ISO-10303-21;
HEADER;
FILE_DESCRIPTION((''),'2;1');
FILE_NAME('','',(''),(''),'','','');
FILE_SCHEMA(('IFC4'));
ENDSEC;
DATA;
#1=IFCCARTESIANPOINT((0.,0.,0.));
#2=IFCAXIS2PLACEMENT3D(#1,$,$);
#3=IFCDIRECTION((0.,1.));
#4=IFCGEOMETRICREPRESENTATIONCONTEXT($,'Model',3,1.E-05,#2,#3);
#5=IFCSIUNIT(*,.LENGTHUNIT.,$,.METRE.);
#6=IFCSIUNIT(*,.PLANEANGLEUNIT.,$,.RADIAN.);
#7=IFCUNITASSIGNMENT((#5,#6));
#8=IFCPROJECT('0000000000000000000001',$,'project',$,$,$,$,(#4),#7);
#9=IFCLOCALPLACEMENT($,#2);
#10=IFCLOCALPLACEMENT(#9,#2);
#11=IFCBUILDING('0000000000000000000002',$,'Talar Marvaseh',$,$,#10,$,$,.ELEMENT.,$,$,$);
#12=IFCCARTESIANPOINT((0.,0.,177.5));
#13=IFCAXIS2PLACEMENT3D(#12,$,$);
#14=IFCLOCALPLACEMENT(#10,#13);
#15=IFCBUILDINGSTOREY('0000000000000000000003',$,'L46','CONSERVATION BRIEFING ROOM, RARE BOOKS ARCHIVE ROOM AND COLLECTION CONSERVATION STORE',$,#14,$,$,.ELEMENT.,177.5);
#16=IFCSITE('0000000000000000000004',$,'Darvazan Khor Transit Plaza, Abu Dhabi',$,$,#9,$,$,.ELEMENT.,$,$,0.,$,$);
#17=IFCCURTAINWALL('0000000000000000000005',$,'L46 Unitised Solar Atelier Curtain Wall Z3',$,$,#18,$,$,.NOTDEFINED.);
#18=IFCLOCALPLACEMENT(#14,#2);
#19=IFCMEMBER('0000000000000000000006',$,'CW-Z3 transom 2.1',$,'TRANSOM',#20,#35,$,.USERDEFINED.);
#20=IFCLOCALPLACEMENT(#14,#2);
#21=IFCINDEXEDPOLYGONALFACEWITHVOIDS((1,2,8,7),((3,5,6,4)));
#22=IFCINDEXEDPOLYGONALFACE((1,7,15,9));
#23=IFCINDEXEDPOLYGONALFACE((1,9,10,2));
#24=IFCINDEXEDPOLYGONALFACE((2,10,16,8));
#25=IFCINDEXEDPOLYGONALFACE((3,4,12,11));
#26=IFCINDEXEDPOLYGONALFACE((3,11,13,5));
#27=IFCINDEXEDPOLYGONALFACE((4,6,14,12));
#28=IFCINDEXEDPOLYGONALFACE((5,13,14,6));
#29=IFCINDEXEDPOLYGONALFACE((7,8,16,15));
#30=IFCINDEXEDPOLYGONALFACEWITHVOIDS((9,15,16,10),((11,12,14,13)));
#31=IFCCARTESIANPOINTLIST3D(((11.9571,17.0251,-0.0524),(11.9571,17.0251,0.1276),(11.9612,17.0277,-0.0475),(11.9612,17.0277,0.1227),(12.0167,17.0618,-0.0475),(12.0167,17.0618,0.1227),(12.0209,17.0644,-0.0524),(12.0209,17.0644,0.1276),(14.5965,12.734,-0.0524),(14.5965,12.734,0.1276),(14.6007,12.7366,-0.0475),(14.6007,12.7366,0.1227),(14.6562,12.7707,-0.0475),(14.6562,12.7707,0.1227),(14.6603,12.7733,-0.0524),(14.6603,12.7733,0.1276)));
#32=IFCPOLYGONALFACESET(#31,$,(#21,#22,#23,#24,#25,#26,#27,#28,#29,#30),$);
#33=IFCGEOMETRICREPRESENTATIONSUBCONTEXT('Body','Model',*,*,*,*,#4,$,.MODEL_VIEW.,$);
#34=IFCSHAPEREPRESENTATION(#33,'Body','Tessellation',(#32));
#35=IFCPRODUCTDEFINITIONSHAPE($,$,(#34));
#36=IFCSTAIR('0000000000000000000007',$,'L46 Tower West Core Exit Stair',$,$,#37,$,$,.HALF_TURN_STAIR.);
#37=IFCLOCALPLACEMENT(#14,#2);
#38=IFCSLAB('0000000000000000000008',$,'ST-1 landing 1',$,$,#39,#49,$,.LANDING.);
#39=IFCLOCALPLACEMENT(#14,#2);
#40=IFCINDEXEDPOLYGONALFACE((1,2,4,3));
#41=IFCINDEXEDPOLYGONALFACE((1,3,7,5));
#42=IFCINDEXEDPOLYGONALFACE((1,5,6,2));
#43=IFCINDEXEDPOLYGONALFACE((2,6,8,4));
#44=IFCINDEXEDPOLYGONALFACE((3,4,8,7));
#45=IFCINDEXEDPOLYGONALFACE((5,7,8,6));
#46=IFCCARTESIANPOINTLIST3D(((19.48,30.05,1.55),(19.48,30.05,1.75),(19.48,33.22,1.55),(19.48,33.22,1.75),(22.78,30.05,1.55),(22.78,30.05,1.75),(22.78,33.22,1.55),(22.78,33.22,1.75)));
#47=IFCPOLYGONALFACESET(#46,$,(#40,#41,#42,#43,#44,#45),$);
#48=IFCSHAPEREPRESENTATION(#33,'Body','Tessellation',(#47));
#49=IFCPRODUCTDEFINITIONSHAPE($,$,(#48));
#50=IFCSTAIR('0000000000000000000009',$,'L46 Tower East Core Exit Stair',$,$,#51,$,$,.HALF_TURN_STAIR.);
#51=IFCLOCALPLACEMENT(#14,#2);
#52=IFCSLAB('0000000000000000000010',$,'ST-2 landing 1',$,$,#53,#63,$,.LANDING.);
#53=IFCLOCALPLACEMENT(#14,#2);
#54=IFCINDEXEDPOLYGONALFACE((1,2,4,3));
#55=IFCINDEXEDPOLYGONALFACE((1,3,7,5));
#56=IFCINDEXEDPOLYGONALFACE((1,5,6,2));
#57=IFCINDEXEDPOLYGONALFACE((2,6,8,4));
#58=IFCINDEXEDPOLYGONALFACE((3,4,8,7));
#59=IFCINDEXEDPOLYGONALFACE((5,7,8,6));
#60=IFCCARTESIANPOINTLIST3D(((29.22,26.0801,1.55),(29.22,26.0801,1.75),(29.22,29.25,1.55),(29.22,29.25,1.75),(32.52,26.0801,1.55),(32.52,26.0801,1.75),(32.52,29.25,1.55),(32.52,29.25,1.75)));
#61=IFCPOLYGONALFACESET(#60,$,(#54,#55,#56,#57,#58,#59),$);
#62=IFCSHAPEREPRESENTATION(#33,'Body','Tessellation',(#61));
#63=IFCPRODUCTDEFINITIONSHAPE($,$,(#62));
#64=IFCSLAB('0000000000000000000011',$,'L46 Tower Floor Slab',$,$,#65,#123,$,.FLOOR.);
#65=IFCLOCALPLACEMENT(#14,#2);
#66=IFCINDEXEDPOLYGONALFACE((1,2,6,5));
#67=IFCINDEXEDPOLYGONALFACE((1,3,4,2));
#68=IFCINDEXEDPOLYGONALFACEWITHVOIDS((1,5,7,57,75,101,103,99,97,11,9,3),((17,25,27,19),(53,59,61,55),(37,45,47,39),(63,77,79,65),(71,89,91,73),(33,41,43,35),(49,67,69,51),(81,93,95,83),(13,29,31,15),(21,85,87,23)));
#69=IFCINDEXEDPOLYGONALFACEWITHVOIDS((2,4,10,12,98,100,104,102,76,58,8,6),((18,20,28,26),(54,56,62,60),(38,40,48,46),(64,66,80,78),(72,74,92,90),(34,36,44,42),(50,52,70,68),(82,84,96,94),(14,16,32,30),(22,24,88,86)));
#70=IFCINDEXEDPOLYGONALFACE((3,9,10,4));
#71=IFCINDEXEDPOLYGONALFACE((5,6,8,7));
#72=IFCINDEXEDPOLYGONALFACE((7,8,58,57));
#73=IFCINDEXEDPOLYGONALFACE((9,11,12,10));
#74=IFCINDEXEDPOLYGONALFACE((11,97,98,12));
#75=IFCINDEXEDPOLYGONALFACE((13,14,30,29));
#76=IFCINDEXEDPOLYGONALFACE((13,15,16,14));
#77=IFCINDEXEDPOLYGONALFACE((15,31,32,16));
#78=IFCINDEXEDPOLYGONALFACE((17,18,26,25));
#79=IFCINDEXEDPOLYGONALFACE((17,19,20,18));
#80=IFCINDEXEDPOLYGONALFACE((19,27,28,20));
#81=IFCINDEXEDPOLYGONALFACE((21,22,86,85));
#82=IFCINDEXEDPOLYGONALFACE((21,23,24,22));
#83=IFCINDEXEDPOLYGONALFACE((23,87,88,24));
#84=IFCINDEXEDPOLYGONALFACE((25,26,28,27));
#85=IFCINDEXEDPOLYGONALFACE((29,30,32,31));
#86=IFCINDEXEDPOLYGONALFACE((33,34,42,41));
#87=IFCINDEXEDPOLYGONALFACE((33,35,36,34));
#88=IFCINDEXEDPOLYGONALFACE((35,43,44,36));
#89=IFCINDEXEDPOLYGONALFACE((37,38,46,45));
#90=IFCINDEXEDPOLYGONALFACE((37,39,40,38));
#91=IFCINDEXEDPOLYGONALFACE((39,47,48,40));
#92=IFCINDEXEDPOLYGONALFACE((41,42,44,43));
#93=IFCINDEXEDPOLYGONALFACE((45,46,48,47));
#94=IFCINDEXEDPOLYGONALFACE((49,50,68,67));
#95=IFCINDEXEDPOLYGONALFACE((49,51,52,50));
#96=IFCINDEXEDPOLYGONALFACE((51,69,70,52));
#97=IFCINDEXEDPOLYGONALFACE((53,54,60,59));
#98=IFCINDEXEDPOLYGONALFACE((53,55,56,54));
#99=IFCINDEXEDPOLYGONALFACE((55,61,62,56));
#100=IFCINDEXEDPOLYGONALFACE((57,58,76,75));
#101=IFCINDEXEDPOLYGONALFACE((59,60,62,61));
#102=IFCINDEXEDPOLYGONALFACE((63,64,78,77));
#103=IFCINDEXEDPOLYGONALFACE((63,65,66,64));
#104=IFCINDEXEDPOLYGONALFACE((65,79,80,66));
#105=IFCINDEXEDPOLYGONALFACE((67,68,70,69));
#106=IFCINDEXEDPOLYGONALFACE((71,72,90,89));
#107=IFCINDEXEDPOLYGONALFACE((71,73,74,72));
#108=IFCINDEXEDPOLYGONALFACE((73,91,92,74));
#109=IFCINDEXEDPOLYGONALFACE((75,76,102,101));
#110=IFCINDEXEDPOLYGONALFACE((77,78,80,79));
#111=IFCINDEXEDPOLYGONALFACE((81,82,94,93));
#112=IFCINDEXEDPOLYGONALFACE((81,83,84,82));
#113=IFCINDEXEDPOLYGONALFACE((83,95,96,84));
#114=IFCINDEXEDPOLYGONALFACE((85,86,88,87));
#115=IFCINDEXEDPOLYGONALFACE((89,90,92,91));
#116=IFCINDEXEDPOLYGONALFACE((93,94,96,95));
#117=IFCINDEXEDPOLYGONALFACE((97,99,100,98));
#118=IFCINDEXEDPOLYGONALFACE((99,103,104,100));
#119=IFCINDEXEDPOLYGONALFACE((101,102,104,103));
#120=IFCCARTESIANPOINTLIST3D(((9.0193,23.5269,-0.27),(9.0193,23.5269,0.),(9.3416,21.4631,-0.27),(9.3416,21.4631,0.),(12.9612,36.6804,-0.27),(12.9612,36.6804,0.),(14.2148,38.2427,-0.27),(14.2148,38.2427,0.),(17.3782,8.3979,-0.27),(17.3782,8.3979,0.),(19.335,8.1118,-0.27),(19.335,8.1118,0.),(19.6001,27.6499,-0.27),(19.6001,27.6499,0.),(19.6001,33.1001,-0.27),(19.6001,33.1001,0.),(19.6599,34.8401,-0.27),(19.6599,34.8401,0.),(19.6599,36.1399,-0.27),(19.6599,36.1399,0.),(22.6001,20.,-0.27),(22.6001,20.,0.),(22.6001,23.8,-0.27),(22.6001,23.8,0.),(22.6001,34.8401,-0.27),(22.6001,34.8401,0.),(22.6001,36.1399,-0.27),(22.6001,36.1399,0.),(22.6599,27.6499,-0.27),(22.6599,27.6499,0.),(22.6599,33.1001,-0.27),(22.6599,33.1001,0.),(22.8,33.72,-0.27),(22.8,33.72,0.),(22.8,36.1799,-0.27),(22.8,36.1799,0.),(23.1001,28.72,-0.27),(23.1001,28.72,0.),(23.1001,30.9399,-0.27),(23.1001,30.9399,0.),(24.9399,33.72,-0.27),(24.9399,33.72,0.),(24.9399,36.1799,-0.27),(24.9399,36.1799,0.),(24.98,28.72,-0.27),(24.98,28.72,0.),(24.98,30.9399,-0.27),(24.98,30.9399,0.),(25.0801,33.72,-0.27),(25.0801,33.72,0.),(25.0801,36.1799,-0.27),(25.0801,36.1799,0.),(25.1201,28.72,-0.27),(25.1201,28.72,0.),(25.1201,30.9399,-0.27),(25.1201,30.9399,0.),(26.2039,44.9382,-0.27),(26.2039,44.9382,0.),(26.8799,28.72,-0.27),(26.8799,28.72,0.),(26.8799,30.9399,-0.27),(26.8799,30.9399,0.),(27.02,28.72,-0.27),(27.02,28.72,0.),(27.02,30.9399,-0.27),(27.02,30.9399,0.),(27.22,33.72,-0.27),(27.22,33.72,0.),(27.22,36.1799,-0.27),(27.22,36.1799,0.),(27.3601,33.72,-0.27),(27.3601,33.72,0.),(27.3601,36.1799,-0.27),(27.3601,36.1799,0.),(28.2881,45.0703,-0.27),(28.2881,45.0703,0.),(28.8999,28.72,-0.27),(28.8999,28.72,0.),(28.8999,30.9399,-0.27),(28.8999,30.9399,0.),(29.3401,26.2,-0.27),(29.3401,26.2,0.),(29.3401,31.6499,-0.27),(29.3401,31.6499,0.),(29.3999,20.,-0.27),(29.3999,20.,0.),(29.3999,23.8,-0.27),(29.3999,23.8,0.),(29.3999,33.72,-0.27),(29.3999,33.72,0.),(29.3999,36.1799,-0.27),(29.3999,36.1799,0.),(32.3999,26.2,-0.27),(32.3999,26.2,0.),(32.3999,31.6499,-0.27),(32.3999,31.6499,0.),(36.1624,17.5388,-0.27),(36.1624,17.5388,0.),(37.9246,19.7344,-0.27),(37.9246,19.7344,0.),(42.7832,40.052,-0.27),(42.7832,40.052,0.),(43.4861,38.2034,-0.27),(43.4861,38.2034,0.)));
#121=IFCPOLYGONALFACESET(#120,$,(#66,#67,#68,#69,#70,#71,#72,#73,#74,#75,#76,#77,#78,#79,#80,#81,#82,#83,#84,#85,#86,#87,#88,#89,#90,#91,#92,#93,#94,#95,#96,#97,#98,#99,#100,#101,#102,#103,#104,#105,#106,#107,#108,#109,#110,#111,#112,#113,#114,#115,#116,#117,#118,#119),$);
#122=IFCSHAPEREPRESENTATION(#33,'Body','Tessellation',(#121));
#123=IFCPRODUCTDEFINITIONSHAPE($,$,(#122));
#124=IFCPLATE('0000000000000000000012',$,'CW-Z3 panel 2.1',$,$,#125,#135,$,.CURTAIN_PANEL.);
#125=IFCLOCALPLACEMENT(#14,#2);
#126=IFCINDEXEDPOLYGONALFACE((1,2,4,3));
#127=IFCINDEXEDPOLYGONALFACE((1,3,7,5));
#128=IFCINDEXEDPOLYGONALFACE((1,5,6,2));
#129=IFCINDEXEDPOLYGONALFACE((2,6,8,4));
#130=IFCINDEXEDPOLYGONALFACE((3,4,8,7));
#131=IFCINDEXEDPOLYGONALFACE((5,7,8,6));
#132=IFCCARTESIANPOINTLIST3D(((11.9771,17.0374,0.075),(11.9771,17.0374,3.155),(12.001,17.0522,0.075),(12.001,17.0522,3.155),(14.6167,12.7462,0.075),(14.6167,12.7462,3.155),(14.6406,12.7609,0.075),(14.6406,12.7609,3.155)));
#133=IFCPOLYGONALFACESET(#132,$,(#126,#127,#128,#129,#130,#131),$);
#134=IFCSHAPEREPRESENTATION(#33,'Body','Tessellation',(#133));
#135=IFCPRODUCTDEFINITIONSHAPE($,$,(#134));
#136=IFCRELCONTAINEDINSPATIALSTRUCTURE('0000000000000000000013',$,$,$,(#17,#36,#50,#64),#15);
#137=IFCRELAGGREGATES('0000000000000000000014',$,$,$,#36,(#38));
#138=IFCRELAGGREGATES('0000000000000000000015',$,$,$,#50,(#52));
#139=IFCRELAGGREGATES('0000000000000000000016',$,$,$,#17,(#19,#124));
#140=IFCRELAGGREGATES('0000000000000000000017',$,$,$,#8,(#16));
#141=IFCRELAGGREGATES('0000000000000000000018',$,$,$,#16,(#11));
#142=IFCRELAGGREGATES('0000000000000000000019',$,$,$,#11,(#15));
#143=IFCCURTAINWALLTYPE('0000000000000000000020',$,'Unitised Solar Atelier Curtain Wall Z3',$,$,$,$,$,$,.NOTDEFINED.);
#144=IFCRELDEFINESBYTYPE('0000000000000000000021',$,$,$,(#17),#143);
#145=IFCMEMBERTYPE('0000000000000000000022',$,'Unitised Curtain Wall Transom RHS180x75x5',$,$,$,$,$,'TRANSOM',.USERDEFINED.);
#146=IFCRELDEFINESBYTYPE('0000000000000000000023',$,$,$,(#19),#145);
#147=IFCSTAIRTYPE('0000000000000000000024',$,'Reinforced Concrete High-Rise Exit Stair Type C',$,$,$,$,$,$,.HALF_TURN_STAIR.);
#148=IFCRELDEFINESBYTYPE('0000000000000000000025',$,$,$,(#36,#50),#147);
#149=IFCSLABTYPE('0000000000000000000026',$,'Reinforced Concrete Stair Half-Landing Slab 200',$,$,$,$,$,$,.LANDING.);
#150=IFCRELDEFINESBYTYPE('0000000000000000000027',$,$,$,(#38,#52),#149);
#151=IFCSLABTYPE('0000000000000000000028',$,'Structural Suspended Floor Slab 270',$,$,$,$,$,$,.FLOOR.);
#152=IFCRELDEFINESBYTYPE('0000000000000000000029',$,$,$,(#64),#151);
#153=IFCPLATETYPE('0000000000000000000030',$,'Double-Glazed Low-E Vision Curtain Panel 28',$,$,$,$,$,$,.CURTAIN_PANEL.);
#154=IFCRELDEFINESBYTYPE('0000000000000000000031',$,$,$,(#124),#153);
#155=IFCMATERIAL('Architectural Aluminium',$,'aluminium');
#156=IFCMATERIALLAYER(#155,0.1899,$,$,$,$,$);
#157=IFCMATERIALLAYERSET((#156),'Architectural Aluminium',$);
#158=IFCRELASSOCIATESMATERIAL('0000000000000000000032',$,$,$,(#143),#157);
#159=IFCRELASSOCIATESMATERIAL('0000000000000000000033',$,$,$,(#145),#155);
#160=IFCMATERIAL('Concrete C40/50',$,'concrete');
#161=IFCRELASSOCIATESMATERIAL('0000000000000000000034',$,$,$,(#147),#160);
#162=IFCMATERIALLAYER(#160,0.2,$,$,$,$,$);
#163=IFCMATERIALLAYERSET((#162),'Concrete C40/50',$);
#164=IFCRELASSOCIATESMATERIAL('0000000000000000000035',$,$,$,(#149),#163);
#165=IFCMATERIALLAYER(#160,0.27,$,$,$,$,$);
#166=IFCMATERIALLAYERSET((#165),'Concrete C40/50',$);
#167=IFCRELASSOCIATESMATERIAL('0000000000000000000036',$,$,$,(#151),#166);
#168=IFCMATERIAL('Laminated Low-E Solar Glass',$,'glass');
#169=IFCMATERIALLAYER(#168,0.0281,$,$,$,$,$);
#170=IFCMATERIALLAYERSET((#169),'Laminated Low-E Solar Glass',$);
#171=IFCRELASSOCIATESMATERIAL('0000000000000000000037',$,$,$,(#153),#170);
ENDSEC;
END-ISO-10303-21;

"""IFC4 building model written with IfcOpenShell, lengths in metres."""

from ifc_helpers import new_model, si_unit, direction, frame, origin, origin_2d, place, context, subcontext, project, spatial, polyline, rectangle, hollow_rectangle, outline, extrude, source, transform, mapped, material, layer, layer_set, material_profile, profile_set, type_object, type_shapes, element, aggregate, save


model = new_model("IFC4")

# Units and contexts
model_context = context("Model", 3, precision=1e-05, world=origin(), true_north=direction((0.0, 1.0)))
body_context = subcontext(model_context, "Body", "Model", "MODEL_VIEW")
ifc_project = project(units=[si_unit("LENGTHUNIT", "METRE"), si_unit("PLANEANGLEUNIT", "RADIAN")], contexts=[model_context])

# Site, building, storey
site_placement = place(None, origin())
site = spatial("IfcSite", under=ifc_project, at=site_placement, Name="Darvazan Khor Transit Plaza, Abu Dhabi", CompositionType="ELEMENT", RefElevation=0.0)
building_placement = place(site_placement, origin())
building = spatial("IfcBuilding", under=site, at=building_placement, Name="Talar Marvaseh", CompositionType="ELEMENT")
storey_placement = place(building_placement, frame((0.0, 0.0, 177.5)))
storey = spatial("IfcBuildingStorey", under=building, at=storey_placement, Name="L46", Description="CONSERVATION BRIEFING ROOM, RARE BOOKS ARCHIVE ROOM AND COLLECTION CONSERVATION STORE", CompositionType="ELEMENT", Elevation=177.5)

# Curtain wall, member
ifc_material_1 = material(Name="Architectural Aluminium", Category="aluminium")
ifc_layer_1 = layer(ifc_material_1, 0.1899)
ifc_layer_set_1 = layer_set([ifc_layer_1], Name="Architectural Aluminium")
curtain_wall_type = type_object("IfcCurtainWallType", Name="Unitised Solar Atelier Curtain Wall Z3", PredefinedType="NOTDEFINED", material=ifc_layer_set_1)
curtain_wall_placement = place(storey_placement, origin())
curtain_wall = element("IfcCurtainWall", 1, at=curtain_wall_placement, inside=storey, type_object=curtain_wall_type, Name="L46 Unitised Solar Atelier Curtain Wall Z3", PredefinedType="NOTDEFINED")
ifc_material_profile = material_profile(ifc_material_1, hollow_rectangle(XDim=0.075, YDim=0.1799, WallThickness=0.0049, at=origin_2d()), Name="RHS180x75x5")
ifc_profile_set = profile_set([ifc_material_profile], Name="Architectural Aluminium")
member_type = type_object("IfcMemberType", Name="Unitised Curtain Wall Transom RHS180x75x5", ElementType="TRANSOM", PredefinedType="USERDEFINED", material=ifc_profile_set)
shared_shape_1 = source(origin(), body_context, "Body", "SweptSolid", [
    extrude(hollow_rectangle(XDim=0.075, YDim=0.1799, WallThickness=0.0049, at=origin_2d()), origin(), (0.0, 0.0, 1.0), 5.0378),
])
type_shapes(member_type, [shared_shape_1])
member_placement = place(storey_placement, frame((14.6284, 12.7537, 0.0376), z_axis=(-0.523922, 0.851766, 0.0), x_axis=(-0.851766, -0.523922, 0.0)))
member = element("IfcMember", 2, at=member_placement, type_object=member_type, Name="CW-Z3 transom 2.1", ObjectType="TRANSOM", PredefinedType="USERDEFINED", context=body_context, shape_type="MappedRepresentation", body=[
    mapped(shared_shape_1, transform((0.0, 0.0, 0.0), x_axis=(1.0, 0.0, 0.0), y_axis=(0.0, 1.0, 0.0), z_axis=(0.0, 0.0, 1.0), scale=1.0)),
])

# Stairs, slabs
ifc_material_2 = material(Name="Concrete C40/50", Category="concrete")
stair_type = type_object("IfcStairType", Name="Reinforced Concrete High-Rise Exit Stair Type C", PredefinedType="HALF_TURN_STAIR", material=ifc_material_2)
stair_1_placement = place(storey_placement, origin())
stair_1 = element("IfcStair", 3, at=stair_1_placement, inside=storey, type_object=stair_type, Name="L46 Tower West Core Exit Stair", PredefinedType="HALF_TURN_STAIR")
ifc_layer_2 = layer(ifc_material_2, 0.2)
ifc_layer_set_2 = layer_set([ifc_layer_2], Name="Concrete C40/50")
slab_type_1 = type_object("IfcSlabType", Name="Reinforced Concrete Stair Half-Landing Slab 200", PredefinedType="LANDING", material=ifc_layer_set_2)
slab_1_placement = place(storey_placement, frame((0.0, 0.0, 1.55)))
slab_1 = element("IfcSlab", 4, at=slab_1_placement, type_object=slab_type_1, Name="ST-1 landing 1", PredefinedType="LANDING", context=body_context, shape_type="SweptSolid", body=[
    extrude(outline(polyline([(22.78, 30.05), (22.78, 33.22), (19.48, 33.22), (19.48, 30.05), (22.78, 30.05)])), origin(), (0.0, 0.0, 1.0), 0.2),
])
aggregate(stair_1, [slab_1])
stair_2_placement = place(storey_placement, origin())
stair_2 = element("IfcStair", 5, at=stair_2_placement, inside=storey, type_object=stair_type, Name="L46 Tower East Core Exit Stair", PredefinedType="HALF_TURN_STAIR")
slab_2_placement = place(storey_placement, frame((0.0, 0.0, 1.55)))
slab_2 = element("IfcSlab", 6, at=slab_2_placement, type_object=slab_type_1, Name="ST-2 landing 1", PredefinedType="LANDING", context=body_context, shape_type="SweptSolid", body=[
    extrude(outline(polyline([(29.22, 29.25), (29.22, 26.0801), (32.52, 26.0801), (32.52, 29.25), (29.22, 29.25)])), origin(), (0.0, 0.0, 1.0), 0.2),
])
aggregate(stair_2, [slab_2])

# Slab
ifc_layer_3 = layer(ifc_material_2, 0.27)
ifc_layer_set_3 = layer_set([ifc_layer_3], Name="Concrete C40/50")
slab_type_2 = type_object("IfcSlabType", Name="Structural Suspended Floor Slab 270", PredefinedType="FLOOR", material=ifc_layer_set_3)
slab_3_placement = place(storey_placement, frame((0.0, 0.0, -0.27)))
element("IfcSlab", 7, at=slab_3_placement, inside=storey, type_object=slab_type_2, Name="L46 Tower Floor Slab", PredefinedType="FLOOR", context=body_context, shape_type="SweptSolid", body=[
    extrude(outline(polyline([(19.335, 8.1118), (17.3782, 8.3979), (9.3416, 21.4631), (9.0193, 23.5269), (12.9612, 36.6804), (14.2148, 38.2427), (26.2039, 44.9382), (28.2881, 45.0703), (42.7832, 40.052), (43.4861, 38.2034), (37.9246, 19.7344), (36.1624, 17.5388), (19.335, 8.1118)]), holes=[polyline([(22.6599, 27.6499), (22.6599, 33.1001), (19.6001, 33.1001), (19.6001, 27.6499), (22.6599, 27.6499)]), polyline([(29.3401, 31.6499), (29.3401, 26.2), (32.3999, 26.2), (32.3999, 31.6499), (29.3401, 31.6499)]), polyline([(22.8, 33.72), (24.9399, 33.72), (24.9399, 36.1799), (22.8, 36.1799), (22.8, 33.72)]), polyline([(25.0801, 33.72), (27.22, 33.72), (27.22, 36.1799), (25.0801, 36.1799), (25.0801, 33.72)]), polyline([(27.3601, 33.72), (29.3999, 33.72), (29.3999, 36.1799), (27.3601, 36.1799), (27.3601, 33.72)]), polyline([(23.1001, 28.72), (24.98, 28.72), (24.98, 30.9399), (23.1001, 30.9399), (23.1001, 28.72)]), polyline([(25.1201, 28.72), (26.8799, 28.72), (26.8799, 30.9399), (25.1201, 30.9399), (25.1201, 28.72)]), polyline([(27.02, 28.72), (28.8999, 28.72), (28.8999, 30.9399), (27.02, 30.9399), (27.02, 28.72)]), polyline([(19.6599, 34.8401), (22.6001, 34.8401), (22.6001, 36.1399), (19.6599, 36.1399), (19.6599, 34.8401)]), polyline([(22.6001, 20.0), (29.3999, 20.0), (29.3999, 23.8), (22.6001, 23.8), (22.6001, 20.0)])]), origin(), (0.0, 0.0, 1.0), 0.27),
])

# Plate
ifc_material_3 = material(Name="Laminated Low-E Solar Glass", Category="glass")
ifc_layer_4 = layer(ifc_material_3, 0.0281)
ifc_layer_set_4 = layer_set([ifc_layer_4], Name="Laminated Low-E Solar Glass")
plate_type = type_object("IfcPlateType", Name="Double-Glazed Low-E Vision Curtain Panel 28", PredefinedType="CURTAIN_PANEL", material=ifc_layer_set_4)
shared_shape_2 = source(origin(), body_context, "Body", "SweptSolid", [
    extrude(rectangle(XDim=5.0381, YDim=0.0281, at=origin_2d()), origin(), (0.0, 0.0, 1.0), 3.0801),
])
type_shapes(plate_type, [shared_shape_2])
plate_placement = place(storey_placement, frame((13.3088, 14.8992, 0.075), z_axis=(0.0, 0.0, 1.0), x_axis=(-0.523926, 0.851764, 0.0)))
plate = element("IfcPlate", 8, at=plate_placement, type_object=plate_type, Name="CW-Z3 panel 2.1", PredefinedType="CURTAIN_PANEL", context=body_context, shape_type="MappedRepresentation", body=[
    mapped(shared_shape_2, transform((0.0, 0.0, 0.0), x_axis=(1.0, 0.0, 0.0), y_axis=(0.0, 1.0, 0.0), z_axis=(0.0, 0.0, 1.0), scale=1.0)),
])
aggregate(curtain_wall, [member, plate])

save(model, "model.ifc")
